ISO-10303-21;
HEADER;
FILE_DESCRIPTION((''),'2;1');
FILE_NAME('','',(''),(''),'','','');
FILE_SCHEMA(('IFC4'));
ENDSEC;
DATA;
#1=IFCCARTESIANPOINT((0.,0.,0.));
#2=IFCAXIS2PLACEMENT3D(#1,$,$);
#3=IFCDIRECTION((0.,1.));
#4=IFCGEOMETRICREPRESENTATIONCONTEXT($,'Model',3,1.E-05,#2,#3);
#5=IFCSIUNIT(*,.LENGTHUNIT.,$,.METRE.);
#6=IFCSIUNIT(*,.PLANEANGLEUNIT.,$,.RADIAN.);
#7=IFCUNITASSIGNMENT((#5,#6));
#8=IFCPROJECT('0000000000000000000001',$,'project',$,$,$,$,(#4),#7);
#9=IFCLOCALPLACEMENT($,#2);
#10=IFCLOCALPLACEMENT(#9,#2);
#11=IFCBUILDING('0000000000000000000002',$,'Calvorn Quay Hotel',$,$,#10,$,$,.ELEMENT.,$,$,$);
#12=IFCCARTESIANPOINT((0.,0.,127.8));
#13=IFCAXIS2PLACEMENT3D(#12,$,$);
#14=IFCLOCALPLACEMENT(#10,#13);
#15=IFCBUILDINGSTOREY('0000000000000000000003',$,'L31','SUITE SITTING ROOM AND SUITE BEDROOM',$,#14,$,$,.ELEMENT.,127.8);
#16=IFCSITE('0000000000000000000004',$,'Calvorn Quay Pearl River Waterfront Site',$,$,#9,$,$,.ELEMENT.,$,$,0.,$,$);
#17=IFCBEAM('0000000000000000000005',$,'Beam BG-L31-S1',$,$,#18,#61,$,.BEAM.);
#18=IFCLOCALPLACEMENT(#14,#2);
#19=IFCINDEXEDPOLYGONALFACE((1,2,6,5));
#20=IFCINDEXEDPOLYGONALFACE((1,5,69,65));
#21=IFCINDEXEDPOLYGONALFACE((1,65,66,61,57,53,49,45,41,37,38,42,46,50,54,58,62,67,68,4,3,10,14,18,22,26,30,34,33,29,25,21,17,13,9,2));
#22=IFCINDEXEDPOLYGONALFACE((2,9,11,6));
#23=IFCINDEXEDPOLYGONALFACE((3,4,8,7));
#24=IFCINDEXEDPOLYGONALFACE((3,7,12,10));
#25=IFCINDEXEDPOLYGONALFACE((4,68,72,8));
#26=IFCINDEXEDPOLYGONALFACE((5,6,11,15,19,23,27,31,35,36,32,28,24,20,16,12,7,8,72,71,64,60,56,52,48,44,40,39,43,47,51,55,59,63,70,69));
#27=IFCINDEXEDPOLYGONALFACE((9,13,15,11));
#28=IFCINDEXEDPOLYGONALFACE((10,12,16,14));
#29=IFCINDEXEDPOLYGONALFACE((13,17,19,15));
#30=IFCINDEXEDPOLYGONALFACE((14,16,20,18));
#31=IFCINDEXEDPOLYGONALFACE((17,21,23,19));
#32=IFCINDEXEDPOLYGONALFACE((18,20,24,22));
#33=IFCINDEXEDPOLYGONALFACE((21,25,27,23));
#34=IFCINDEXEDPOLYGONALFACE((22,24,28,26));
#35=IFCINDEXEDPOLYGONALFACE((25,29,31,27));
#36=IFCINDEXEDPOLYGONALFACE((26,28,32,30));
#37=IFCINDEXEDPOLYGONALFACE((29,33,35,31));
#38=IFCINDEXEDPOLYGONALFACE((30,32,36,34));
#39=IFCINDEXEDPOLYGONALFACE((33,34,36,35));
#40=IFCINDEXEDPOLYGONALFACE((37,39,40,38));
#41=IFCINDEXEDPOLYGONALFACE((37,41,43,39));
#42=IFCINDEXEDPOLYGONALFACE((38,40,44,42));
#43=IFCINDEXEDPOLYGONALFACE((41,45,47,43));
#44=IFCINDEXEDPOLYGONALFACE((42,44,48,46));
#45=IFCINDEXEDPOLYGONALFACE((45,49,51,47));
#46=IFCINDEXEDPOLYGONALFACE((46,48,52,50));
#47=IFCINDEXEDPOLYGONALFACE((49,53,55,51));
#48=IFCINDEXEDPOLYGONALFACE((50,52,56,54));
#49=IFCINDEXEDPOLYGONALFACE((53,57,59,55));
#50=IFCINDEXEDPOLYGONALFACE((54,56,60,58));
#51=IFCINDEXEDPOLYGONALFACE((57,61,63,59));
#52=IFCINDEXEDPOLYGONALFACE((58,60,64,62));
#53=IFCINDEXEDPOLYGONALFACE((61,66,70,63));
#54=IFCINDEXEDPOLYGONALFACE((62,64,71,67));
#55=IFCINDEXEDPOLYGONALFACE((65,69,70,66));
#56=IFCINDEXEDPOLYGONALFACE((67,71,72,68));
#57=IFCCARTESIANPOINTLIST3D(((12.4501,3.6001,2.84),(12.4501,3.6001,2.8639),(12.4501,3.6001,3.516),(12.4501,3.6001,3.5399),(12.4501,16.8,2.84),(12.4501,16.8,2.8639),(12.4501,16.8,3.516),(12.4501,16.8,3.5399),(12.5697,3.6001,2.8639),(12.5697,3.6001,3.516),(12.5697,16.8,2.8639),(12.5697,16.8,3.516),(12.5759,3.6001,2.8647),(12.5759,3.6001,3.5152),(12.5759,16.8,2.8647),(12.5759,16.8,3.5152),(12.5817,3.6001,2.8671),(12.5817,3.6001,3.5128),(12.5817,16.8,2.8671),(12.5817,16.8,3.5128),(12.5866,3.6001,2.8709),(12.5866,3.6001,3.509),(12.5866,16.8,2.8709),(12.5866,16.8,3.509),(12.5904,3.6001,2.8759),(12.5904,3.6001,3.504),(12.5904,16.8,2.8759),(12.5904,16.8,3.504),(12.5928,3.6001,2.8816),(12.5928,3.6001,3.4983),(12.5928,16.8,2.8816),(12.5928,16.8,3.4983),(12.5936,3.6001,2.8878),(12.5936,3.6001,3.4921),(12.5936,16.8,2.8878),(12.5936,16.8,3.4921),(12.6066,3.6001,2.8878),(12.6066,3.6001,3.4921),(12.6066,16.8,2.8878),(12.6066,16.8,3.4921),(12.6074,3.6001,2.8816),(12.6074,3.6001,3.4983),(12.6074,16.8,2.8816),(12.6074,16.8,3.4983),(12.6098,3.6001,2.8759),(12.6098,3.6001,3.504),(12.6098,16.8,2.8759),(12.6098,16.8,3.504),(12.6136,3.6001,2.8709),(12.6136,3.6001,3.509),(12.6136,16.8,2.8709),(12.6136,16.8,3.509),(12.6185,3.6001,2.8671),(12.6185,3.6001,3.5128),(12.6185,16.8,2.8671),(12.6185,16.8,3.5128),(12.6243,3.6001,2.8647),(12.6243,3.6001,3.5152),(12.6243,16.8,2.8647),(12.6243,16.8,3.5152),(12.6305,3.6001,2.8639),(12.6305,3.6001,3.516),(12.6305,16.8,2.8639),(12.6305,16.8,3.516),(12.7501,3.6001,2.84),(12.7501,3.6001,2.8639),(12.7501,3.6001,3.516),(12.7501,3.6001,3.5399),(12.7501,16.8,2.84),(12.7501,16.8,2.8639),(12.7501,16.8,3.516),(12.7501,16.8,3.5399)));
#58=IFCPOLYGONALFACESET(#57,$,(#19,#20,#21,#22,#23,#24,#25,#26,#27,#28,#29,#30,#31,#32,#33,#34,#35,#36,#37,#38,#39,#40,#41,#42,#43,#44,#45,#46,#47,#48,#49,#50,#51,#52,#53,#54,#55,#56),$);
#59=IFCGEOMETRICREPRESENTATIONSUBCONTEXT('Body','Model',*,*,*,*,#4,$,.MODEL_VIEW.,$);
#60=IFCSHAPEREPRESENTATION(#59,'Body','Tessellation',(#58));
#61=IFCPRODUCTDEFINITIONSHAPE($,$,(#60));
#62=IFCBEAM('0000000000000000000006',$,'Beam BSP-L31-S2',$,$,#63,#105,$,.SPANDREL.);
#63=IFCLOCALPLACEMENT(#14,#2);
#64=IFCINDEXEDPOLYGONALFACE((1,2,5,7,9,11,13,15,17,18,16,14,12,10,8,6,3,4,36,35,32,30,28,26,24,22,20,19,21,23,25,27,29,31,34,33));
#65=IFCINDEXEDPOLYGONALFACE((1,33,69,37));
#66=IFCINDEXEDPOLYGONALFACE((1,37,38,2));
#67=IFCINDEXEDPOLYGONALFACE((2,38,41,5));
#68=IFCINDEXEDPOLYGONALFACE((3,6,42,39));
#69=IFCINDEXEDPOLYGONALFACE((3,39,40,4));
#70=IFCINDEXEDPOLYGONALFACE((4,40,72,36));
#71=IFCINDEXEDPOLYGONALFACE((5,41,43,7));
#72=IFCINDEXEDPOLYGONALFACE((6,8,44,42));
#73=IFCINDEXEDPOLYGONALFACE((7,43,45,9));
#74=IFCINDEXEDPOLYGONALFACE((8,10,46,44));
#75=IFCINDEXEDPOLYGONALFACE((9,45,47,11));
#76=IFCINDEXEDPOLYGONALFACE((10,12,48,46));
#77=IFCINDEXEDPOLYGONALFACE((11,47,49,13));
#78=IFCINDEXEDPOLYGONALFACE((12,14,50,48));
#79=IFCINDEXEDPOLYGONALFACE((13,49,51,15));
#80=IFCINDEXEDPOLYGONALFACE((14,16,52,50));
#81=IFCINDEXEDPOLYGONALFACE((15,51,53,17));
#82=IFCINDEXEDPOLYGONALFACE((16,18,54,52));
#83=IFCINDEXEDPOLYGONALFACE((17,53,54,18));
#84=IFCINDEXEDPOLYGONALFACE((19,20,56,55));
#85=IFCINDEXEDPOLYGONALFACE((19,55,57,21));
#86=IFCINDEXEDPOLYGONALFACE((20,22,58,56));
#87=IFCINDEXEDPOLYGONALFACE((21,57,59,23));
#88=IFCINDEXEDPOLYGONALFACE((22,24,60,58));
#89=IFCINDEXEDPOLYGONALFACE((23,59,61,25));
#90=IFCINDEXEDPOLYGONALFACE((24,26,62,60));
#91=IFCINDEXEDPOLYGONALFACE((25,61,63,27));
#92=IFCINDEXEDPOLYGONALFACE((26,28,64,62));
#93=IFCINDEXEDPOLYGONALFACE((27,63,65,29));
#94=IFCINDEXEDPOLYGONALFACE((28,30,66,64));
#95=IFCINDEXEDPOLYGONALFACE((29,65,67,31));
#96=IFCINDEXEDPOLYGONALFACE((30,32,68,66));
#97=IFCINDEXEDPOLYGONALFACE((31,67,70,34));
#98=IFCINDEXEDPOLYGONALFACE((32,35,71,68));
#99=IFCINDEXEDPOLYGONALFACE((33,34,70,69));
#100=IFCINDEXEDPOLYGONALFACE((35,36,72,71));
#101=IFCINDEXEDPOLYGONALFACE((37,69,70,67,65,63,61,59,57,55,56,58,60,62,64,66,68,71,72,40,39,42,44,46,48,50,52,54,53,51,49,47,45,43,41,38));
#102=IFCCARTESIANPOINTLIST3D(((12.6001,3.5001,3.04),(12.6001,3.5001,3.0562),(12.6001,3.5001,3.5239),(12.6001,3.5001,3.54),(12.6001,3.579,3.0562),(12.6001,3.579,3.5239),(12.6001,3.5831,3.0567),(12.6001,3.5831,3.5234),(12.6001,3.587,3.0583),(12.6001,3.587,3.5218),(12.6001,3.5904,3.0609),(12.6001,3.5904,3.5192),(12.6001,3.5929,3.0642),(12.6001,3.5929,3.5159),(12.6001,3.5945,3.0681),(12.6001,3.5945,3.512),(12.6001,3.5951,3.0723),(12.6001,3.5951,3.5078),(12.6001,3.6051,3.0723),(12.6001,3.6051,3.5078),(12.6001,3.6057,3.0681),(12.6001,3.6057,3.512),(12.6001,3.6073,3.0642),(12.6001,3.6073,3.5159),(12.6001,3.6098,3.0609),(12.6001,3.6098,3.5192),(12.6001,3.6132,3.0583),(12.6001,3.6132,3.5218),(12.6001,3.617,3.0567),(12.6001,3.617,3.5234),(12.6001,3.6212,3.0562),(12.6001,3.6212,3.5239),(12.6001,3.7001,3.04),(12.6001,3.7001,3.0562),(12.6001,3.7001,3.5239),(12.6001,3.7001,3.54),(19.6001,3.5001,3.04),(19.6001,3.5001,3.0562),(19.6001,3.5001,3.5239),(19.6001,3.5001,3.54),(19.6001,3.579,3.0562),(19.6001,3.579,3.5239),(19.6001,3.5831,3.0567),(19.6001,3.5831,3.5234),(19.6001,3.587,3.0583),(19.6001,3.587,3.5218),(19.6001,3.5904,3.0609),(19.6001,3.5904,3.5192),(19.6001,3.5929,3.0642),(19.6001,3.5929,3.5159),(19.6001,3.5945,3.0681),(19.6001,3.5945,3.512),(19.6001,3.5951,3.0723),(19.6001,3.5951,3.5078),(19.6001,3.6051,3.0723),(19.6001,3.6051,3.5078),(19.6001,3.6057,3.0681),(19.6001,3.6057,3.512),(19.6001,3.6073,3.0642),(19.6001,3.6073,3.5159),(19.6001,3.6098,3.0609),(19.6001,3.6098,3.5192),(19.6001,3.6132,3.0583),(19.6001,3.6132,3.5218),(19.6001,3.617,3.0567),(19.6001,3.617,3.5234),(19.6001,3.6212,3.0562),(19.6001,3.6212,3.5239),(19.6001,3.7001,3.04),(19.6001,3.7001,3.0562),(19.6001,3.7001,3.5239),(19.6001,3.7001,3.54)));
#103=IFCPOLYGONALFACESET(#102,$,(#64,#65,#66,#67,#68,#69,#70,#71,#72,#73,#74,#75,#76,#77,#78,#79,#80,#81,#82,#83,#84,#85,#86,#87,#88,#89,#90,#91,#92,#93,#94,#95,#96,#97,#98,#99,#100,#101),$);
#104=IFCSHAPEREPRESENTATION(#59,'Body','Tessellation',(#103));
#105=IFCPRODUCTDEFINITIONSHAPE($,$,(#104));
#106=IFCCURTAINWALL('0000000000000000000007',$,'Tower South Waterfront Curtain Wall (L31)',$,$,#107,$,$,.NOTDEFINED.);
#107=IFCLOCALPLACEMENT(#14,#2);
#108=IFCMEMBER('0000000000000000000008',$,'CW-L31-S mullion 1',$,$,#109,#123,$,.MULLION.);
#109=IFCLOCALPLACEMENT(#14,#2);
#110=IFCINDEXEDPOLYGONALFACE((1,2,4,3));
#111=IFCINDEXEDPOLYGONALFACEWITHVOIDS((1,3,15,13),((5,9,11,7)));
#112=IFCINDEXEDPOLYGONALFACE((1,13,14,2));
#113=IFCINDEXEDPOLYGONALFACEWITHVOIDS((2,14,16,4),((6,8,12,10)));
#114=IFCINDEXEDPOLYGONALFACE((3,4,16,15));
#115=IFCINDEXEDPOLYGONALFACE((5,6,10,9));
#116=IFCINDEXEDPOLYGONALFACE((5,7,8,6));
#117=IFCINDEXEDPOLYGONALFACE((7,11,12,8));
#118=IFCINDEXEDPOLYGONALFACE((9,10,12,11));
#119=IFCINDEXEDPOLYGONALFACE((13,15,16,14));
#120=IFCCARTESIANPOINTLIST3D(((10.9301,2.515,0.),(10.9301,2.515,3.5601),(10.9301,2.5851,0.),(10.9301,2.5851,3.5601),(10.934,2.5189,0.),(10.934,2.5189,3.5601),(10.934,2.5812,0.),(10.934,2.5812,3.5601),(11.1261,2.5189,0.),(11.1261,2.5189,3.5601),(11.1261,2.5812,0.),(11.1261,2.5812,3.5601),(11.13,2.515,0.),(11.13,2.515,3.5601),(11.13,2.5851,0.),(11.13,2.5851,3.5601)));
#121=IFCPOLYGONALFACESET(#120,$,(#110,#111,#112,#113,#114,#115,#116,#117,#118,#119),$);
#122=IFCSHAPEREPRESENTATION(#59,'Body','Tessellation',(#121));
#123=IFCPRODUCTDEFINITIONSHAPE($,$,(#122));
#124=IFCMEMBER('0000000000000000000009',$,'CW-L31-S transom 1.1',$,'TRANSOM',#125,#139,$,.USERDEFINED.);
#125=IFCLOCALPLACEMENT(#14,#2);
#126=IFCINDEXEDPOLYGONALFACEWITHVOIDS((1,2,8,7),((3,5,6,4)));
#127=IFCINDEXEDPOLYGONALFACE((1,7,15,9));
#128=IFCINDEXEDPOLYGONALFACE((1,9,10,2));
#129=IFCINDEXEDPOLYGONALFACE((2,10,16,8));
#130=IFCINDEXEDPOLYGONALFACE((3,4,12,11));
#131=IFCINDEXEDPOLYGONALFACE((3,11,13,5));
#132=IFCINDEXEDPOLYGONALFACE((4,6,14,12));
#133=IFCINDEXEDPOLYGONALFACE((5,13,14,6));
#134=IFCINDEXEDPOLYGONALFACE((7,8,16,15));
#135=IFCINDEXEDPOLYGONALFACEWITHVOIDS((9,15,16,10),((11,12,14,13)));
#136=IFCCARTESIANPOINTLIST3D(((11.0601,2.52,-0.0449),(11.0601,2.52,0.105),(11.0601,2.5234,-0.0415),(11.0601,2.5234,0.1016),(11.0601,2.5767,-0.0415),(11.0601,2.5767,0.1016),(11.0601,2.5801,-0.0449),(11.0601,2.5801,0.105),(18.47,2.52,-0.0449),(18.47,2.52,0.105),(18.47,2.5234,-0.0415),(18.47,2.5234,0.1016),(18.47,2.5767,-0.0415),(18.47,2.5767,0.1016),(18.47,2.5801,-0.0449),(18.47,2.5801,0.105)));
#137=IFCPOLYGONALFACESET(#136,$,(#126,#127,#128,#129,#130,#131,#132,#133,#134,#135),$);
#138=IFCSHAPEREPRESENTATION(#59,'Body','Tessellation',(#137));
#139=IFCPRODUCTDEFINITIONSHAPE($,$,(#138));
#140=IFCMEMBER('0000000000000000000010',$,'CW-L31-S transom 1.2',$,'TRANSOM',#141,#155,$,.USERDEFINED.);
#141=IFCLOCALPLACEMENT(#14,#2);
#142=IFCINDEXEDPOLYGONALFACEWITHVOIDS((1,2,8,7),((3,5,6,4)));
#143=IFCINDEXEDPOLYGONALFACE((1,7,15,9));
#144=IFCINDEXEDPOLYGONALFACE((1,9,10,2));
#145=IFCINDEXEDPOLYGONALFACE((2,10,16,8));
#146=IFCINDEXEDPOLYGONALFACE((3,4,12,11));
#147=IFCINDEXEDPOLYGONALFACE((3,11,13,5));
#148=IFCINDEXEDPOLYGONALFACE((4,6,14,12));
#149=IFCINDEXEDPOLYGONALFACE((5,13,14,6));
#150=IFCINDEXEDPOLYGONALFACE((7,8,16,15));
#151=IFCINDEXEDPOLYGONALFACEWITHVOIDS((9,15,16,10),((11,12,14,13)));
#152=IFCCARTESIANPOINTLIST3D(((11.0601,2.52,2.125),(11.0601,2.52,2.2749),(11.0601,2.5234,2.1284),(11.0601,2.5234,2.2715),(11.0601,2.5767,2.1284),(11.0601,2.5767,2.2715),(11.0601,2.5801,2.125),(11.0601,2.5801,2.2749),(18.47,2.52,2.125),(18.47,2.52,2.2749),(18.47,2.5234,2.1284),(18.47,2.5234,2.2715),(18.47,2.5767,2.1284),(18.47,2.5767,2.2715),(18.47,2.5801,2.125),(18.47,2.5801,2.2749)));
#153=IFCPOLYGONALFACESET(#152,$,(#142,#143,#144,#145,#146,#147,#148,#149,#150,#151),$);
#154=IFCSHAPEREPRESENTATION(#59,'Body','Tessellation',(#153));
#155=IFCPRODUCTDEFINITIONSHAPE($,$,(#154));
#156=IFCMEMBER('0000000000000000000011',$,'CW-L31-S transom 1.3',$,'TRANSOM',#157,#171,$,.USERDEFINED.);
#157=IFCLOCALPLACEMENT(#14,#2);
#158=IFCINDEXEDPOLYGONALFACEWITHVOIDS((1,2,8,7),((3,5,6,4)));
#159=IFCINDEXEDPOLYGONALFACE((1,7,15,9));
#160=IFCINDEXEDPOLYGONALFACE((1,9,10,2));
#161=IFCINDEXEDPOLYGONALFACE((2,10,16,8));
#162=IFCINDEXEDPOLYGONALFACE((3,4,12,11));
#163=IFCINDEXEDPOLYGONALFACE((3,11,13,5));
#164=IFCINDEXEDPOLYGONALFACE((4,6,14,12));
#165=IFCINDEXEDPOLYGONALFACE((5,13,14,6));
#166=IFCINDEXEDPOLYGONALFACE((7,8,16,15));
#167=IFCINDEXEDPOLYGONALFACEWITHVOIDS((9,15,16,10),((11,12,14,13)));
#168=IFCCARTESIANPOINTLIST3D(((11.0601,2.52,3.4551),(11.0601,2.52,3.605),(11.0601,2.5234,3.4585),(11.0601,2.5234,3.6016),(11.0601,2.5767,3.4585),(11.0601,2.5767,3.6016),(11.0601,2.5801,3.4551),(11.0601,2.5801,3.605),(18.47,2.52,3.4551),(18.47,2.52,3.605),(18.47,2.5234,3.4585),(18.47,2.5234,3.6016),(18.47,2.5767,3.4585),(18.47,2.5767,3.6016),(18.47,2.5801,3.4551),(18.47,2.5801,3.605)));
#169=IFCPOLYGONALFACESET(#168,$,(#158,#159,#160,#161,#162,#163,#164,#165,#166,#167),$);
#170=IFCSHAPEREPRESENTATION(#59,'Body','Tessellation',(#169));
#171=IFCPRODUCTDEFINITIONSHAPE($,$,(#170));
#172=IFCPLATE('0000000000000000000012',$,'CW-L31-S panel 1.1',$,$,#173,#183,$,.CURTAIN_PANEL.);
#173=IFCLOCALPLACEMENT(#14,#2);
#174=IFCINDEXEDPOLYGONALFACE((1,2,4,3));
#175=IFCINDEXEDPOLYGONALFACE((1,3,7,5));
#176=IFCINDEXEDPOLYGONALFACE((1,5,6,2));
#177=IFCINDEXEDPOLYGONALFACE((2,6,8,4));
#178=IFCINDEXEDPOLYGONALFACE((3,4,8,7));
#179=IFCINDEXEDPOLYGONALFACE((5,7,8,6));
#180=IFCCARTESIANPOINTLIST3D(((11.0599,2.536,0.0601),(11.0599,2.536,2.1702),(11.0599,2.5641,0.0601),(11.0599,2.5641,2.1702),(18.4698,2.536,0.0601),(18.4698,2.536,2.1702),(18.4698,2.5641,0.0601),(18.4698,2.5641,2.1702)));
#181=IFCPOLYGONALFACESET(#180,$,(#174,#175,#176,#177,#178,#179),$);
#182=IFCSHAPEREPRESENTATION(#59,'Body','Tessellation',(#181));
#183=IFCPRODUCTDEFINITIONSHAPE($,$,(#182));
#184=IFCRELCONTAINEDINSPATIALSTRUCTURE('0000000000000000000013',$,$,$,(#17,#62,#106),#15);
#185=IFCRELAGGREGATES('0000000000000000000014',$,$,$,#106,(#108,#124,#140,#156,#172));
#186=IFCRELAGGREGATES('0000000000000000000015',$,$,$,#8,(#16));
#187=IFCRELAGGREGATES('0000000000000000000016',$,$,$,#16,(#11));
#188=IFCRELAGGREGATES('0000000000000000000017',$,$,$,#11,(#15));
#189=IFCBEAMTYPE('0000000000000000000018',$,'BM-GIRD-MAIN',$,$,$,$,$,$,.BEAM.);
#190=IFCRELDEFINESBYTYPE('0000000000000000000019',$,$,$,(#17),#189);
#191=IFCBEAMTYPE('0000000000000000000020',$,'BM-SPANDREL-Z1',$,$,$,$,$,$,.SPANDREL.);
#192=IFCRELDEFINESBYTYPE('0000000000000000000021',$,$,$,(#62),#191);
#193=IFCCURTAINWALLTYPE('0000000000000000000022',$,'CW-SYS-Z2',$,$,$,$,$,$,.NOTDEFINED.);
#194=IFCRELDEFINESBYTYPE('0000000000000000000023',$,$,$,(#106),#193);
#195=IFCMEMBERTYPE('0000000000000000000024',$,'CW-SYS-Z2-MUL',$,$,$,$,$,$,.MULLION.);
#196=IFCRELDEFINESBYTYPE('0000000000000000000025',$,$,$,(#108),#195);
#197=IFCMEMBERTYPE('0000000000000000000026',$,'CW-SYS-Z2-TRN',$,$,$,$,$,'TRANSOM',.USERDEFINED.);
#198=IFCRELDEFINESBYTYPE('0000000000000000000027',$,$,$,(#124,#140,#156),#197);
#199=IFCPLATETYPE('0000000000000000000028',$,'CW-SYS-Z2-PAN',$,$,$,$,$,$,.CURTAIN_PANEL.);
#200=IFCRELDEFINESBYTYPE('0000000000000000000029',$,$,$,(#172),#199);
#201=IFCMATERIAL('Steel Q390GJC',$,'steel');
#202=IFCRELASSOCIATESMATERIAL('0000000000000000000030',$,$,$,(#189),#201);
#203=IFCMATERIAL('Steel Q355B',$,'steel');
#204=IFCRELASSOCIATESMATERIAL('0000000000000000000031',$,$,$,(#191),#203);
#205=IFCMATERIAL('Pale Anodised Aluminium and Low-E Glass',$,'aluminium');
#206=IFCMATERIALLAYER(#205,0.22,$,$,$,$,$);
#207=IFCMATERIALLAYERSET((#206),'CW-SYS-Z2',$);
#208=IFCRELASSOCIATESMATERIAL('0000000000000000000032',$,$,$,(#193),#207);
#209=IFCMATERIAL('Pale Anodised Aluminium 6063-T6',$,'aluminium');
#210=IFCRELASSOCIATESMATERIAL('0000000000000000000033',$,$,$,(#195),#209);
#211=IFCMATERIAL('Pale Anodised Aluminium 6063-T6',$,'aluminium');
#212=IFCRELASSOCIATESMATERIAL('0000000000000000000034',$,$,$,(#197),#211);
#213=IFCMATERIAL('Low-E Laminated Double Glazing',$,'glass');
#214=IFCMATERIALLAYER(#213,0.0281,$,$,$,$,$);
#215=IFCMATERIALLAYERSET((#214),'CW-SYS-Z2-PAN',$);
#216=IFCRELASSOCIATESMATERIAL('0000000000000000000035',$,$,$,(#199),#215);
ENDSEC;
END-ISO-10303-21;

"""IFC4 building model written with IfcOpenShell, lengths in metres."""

from ifc_helpers import new_model, si_unit, direction, frame, origin, origin_2d, place, context, subcontext, project, spatial, rectangle, hollow_rectangle, i_section, extrude, material, layer, layer_set, material_profile, profile_set, type_object, element, aggregate, save


model = new_model("IFC4")

# Units and contexts
model_context = context("Model", 3, precision=1e-05, world=origin(), true_north=direction((0.0, 1.0)))
body_context = subcontext(model_context, "Body", "Model", "MODEL_VIEW")
ifc_project = project(units=[si_unit("LENGTHUNIT", "METRE"), si_unit("PLANEANGLEUNIT", "RADIAN")], contexts=[model_context])

# Site, building, storey
site_placement = place(None, origin())
site = spatial("IfcSite", under=ifc_project, at=site_placement, Name="Calvorn Quay Pearl River Waterfront Site", CompositionType="ELEMENT", RefElevation=0.0)
building_placement = place(site_placement, origin())
building = spatial("IfcBuilding", under=site, at=building_placement, Name="Calvorn Quay Hotel", CompositionType="ELEMENT")
storey_placement = place(building_placement, frame((0.0, 0.0, 127.8)))
storey = spatial("IfcBuildingStorey", under=building, at=storey_placement, Name="L31", Description="SUITE SITTING ROOM AND SUITE BEDROOM", CompositionType="ELEMENT", Elevation=127.8)

# Beams
ifc_material_1 = material(Name="Steel Q390GJC", Category="steel")
ifc_material_profile_1 = material_profile(ifc_material_1, i_section(OverallWidth=0.3, OverallDepth=0.7, WebThickness=0.0129, FlangeThickness=0.0239, FilletRadius=0.0239, at=origin_2d()), Name="HN700x300x13x24")
ifc_profile_set_1 = profile_set([ifc_material_profile_1], Name="Steel Q390GJC")
beam_type_1 = type_object("IfcBeamType", Name="BM-GIRD-MAIN", PredefinedType="BEAM", material=ifc_profile_set_1)
beam_1_placement = place(storey_placement, frame((12.6001, 3.6001, 3.1899), z_axis=(0.0, 1.0, 0.0), x_axis=(-1.0, 0.0, 0.0)))
element("IfcBeam", 1, at=beam_1_placement, inside=storey, type_object=beam_type_1, Name="Beam BG-L31-S1", PredefinedType="BEAM", context=body_context, shape_type="SweptSolid", body=[
    extrude(i_section(OverallWidth=0.3, OverallDepth=0.7, WebThickness=0.0129, FlangeThickness=0.0239, FilletRadius=0.0239, at=origin_2d()), origin(), (0.0, 0.0, 1.0), 13.2),
])
ifc_material_2 = material(Name="Steel Q355B", Category="steel")
ifc_material_profile_2 = material_profile(ifc_material_2, i_section(OverallWidth=0.2, OverallDepth=0.5, WebThickness=0.01, FlangeThickness=0.0161, FilletRadius=0.0161, at=origin_2d()), Name="HN500x200x10x16")
ifc_profile_set_2 = profile_set([ifc_material_profile_2], Name="Steel Q355B")
beam_type_2 = type_object("IfcBeamType", Name="BM-SPANDREL-Z1", PredefinedType="SPANDREL", material=ifc_profile_set_2)
beam_2_placement = place(storey_placement, frame((12.6001, 3.6001, 3.29), z_axis=(1.0, 0.0, 0.0), x_axis=(0.0, 1.0, 0.0)))
element("IfcBeam", 2, at=beam_2_placement, inside=storey, type_object=beam_type_2, Name="Beam BSP-L31-S2", PredefinedType="SPANDREL", context=body_context, shape_type="SweptSolid", body=[
    extrude(i_section(OverallWidth=0.2, OverallDepth=0.5, WebThickness=0.01, FlangeThickness=0.0161, FilletRadius=0.0161, at=origin_2d()), origin(), (0.0, 0.0, 1.0), 7.0),
])

# Curtain wall, members, plate
ifc_material_3 = material(Name="Pale Anodised Aluminium and Low-E Glass", Category="aluminium")
ifc_layer_1 = layer(ifc_material_3, 0.22)
ifc_layer_set_1 = layer_set([ifc_layer_1], Name="CW-SYS-Z2")
curtain_wall_type = type_object("IfcCurtainWallType", Name="CW-SYS-Z2", PredefinedType="NOTDEFINED", material=ifc_layer_set_1)
curtain_wall_placement = place(storey_placement, origin())
curtain_wall = element("IfcCurtainWall", 3, at=curtain_wall_placement, inside=storey, type_object=curtain_wall_type, Name="Tower South Waterfront Curtain Wall (L31)", PredefinedType="NOTDEFINED")
ifc_material_4 = material(Name="Pale Anodised Aluminium 6063-T6", Category="aluminium")
ifc_material_profile_3 = material_profile(ifc_material_4, hollow_rectangle(XDim=0.0701, YDim=0.2, WallThickness=0.0039, at=origin_2d()), Name="ALU-M200x70x4")
ifc_profile_set_3 = profile_set([ifc_material_profile_3], Name="Pale Anodised Aluminium 6063-T6")
member_type_1 = type_object("IfcMemberType", Name="CW-SYS-Z2-MUL", PredefinedType="MULLION", material=ifc_profile_set_3)
member_1_placement = place(storey_placement, frame((11.03, 2.55, 0.0), z_axis=(0.0, 0.0, 1.0), x_axis=(0.0, 1.0, 0.0)))
member_1 = element("IfcMember", 4, at=member_1_placement, type_object=member_type_1, Name="CW-L31-S mullion 1", PredefinedType="MULLION", context=body_context, shape_type="SweptSolid", body=[
    extrude(hollow_rectangle(XDim=0.0701, YDim=0.2, WallThickness=0.0039, at=origin_2d()), origin(), (0.0, 0.0, 1.0), 3.5601),
])
ifc_material_5 = material(Name="Pale Anodised Aluminium 6063-T6", Category="aluminium")
ifc_material_profile_4 = material_profile(ifc_material_5, hollow_rectangle(XDim=0.0601, YDim=0.1499, WallThickness=0.0034, at=origin_2d()), Name="ALU-T150x60x3.5")
ifc_profile_set_4 = profile_set([ifc_material_profile_4], Name="Pale Anodised Aluminium 6063-T6")
member_type_2 = type_object("IfcMemberType", Name="CW-SYS-Z2-TRN", ElementType="TRANSOM", PredefinedType="USERDEFINED", material=ifc_profile_set_4)
member_2_placement = place(storey_placement, frame((11.0601, 2.55, 0.03), z_axis=(1.0, 0.0, 0.0), x_axis=(0.0, 1.0, 0.0)))
member_2 = element("IfcMember", 5, at=member_2_placement, type_object=member_type_2, Name="CW-L31-S transom 1.1", ObjectType="TRANSOM", PredefinedType="USERDEFINED", context=body_context, shape_type="SweptSolid", body=[
    extrude(hollow_rectangle(XDim=0.0601, YDim=0.1499, WallThickness=0.0034, at=origin_2d()), origin(), (0.0, 0.0, 1.0), 7.4099),
])
member_3_placement = place(storey_placement, frame((11.0601, 2.55, 2.2), z_axis=(1.0, 0.0, 0.0), x_axis=(0.0, 1.0, 0.0)))
member_3 = element("IfcMember", 6, at=member_3_placement, type_object=member_type_2, Name="CW-L31-S transom 1.2", ObjectType="TRANSOM", PredefinedType="USERDEFINED", context=body_context, shape_type="SweptSolid", body=[
    extrude(hollow_rectangle(XDim=0.0601, YDim=0.1499, WallThickness=0.0034, at=origin_2d()), origin(), (0.0, 0.0, 1.0), 7.4099),
])
member_4_placement = place(storey_placement, frame((11.0601, 2.55, 3.53), z_axis=(1.0, 0.0, 0.0), x_axis=(0.0, 1.0, 0.0)))
member_4 = element("IfcMember", 7, at=member_4_placement, type_object=member_type_2, Name="CW-L31-S transom 1.3", ObjectType="TRANSOM", PredefinedType="USERDEFINED", context=body_context, shape_type="SweptSolid", body=[
    extrude(hollow_rectangle(XDim=0.0601, YDim=0.1499, WallThickness=0.0034, at=origin_2d()), origin(), (0.0, 0.0, 1.0), 7.4099),
])
ifc_material_6 = material(Name="Low-E Laminated Double Glazing", Category="glass")
ifc_layer_2 = layer(ifc_material_6, 0.0281)
ifc_layer_set_2 = layer_set([ifc_layer_2], Name="CW-SYS-Z2-PAN")
plate_type = type_object("IfcPlateType", Name="CW-SYS-Z2-PAN", PredefinedType="CURTAIN_PANEL", material=ifc_layer_set_2)
plate_1_placement = place(storey_placement, frame((14.7649, 2.55, 0.0601), z_axis=(0.0, 0.0, 1.0), x_axis=(1.0, 0.0, 0.0)))
plate_1 = element("IfcPlate", 8, at=plate_1_placement, type_object=plate_type, Name="CW-L31-S panel 1.1", PredefinedType="CURTAIN_PANEL", context=body_context, shape_type="SweptSolid", body=[
    extrude(rectangle(XDim=7.4099, YDim=0.0281, at=origin_2d()), origin(), (0.0, 0.0, 1.0), 2.1101),
])
aggregate(curtain_wall, [member_1, member_2, member_3, member_4, plate_1])

save(model, "model.ifc")
